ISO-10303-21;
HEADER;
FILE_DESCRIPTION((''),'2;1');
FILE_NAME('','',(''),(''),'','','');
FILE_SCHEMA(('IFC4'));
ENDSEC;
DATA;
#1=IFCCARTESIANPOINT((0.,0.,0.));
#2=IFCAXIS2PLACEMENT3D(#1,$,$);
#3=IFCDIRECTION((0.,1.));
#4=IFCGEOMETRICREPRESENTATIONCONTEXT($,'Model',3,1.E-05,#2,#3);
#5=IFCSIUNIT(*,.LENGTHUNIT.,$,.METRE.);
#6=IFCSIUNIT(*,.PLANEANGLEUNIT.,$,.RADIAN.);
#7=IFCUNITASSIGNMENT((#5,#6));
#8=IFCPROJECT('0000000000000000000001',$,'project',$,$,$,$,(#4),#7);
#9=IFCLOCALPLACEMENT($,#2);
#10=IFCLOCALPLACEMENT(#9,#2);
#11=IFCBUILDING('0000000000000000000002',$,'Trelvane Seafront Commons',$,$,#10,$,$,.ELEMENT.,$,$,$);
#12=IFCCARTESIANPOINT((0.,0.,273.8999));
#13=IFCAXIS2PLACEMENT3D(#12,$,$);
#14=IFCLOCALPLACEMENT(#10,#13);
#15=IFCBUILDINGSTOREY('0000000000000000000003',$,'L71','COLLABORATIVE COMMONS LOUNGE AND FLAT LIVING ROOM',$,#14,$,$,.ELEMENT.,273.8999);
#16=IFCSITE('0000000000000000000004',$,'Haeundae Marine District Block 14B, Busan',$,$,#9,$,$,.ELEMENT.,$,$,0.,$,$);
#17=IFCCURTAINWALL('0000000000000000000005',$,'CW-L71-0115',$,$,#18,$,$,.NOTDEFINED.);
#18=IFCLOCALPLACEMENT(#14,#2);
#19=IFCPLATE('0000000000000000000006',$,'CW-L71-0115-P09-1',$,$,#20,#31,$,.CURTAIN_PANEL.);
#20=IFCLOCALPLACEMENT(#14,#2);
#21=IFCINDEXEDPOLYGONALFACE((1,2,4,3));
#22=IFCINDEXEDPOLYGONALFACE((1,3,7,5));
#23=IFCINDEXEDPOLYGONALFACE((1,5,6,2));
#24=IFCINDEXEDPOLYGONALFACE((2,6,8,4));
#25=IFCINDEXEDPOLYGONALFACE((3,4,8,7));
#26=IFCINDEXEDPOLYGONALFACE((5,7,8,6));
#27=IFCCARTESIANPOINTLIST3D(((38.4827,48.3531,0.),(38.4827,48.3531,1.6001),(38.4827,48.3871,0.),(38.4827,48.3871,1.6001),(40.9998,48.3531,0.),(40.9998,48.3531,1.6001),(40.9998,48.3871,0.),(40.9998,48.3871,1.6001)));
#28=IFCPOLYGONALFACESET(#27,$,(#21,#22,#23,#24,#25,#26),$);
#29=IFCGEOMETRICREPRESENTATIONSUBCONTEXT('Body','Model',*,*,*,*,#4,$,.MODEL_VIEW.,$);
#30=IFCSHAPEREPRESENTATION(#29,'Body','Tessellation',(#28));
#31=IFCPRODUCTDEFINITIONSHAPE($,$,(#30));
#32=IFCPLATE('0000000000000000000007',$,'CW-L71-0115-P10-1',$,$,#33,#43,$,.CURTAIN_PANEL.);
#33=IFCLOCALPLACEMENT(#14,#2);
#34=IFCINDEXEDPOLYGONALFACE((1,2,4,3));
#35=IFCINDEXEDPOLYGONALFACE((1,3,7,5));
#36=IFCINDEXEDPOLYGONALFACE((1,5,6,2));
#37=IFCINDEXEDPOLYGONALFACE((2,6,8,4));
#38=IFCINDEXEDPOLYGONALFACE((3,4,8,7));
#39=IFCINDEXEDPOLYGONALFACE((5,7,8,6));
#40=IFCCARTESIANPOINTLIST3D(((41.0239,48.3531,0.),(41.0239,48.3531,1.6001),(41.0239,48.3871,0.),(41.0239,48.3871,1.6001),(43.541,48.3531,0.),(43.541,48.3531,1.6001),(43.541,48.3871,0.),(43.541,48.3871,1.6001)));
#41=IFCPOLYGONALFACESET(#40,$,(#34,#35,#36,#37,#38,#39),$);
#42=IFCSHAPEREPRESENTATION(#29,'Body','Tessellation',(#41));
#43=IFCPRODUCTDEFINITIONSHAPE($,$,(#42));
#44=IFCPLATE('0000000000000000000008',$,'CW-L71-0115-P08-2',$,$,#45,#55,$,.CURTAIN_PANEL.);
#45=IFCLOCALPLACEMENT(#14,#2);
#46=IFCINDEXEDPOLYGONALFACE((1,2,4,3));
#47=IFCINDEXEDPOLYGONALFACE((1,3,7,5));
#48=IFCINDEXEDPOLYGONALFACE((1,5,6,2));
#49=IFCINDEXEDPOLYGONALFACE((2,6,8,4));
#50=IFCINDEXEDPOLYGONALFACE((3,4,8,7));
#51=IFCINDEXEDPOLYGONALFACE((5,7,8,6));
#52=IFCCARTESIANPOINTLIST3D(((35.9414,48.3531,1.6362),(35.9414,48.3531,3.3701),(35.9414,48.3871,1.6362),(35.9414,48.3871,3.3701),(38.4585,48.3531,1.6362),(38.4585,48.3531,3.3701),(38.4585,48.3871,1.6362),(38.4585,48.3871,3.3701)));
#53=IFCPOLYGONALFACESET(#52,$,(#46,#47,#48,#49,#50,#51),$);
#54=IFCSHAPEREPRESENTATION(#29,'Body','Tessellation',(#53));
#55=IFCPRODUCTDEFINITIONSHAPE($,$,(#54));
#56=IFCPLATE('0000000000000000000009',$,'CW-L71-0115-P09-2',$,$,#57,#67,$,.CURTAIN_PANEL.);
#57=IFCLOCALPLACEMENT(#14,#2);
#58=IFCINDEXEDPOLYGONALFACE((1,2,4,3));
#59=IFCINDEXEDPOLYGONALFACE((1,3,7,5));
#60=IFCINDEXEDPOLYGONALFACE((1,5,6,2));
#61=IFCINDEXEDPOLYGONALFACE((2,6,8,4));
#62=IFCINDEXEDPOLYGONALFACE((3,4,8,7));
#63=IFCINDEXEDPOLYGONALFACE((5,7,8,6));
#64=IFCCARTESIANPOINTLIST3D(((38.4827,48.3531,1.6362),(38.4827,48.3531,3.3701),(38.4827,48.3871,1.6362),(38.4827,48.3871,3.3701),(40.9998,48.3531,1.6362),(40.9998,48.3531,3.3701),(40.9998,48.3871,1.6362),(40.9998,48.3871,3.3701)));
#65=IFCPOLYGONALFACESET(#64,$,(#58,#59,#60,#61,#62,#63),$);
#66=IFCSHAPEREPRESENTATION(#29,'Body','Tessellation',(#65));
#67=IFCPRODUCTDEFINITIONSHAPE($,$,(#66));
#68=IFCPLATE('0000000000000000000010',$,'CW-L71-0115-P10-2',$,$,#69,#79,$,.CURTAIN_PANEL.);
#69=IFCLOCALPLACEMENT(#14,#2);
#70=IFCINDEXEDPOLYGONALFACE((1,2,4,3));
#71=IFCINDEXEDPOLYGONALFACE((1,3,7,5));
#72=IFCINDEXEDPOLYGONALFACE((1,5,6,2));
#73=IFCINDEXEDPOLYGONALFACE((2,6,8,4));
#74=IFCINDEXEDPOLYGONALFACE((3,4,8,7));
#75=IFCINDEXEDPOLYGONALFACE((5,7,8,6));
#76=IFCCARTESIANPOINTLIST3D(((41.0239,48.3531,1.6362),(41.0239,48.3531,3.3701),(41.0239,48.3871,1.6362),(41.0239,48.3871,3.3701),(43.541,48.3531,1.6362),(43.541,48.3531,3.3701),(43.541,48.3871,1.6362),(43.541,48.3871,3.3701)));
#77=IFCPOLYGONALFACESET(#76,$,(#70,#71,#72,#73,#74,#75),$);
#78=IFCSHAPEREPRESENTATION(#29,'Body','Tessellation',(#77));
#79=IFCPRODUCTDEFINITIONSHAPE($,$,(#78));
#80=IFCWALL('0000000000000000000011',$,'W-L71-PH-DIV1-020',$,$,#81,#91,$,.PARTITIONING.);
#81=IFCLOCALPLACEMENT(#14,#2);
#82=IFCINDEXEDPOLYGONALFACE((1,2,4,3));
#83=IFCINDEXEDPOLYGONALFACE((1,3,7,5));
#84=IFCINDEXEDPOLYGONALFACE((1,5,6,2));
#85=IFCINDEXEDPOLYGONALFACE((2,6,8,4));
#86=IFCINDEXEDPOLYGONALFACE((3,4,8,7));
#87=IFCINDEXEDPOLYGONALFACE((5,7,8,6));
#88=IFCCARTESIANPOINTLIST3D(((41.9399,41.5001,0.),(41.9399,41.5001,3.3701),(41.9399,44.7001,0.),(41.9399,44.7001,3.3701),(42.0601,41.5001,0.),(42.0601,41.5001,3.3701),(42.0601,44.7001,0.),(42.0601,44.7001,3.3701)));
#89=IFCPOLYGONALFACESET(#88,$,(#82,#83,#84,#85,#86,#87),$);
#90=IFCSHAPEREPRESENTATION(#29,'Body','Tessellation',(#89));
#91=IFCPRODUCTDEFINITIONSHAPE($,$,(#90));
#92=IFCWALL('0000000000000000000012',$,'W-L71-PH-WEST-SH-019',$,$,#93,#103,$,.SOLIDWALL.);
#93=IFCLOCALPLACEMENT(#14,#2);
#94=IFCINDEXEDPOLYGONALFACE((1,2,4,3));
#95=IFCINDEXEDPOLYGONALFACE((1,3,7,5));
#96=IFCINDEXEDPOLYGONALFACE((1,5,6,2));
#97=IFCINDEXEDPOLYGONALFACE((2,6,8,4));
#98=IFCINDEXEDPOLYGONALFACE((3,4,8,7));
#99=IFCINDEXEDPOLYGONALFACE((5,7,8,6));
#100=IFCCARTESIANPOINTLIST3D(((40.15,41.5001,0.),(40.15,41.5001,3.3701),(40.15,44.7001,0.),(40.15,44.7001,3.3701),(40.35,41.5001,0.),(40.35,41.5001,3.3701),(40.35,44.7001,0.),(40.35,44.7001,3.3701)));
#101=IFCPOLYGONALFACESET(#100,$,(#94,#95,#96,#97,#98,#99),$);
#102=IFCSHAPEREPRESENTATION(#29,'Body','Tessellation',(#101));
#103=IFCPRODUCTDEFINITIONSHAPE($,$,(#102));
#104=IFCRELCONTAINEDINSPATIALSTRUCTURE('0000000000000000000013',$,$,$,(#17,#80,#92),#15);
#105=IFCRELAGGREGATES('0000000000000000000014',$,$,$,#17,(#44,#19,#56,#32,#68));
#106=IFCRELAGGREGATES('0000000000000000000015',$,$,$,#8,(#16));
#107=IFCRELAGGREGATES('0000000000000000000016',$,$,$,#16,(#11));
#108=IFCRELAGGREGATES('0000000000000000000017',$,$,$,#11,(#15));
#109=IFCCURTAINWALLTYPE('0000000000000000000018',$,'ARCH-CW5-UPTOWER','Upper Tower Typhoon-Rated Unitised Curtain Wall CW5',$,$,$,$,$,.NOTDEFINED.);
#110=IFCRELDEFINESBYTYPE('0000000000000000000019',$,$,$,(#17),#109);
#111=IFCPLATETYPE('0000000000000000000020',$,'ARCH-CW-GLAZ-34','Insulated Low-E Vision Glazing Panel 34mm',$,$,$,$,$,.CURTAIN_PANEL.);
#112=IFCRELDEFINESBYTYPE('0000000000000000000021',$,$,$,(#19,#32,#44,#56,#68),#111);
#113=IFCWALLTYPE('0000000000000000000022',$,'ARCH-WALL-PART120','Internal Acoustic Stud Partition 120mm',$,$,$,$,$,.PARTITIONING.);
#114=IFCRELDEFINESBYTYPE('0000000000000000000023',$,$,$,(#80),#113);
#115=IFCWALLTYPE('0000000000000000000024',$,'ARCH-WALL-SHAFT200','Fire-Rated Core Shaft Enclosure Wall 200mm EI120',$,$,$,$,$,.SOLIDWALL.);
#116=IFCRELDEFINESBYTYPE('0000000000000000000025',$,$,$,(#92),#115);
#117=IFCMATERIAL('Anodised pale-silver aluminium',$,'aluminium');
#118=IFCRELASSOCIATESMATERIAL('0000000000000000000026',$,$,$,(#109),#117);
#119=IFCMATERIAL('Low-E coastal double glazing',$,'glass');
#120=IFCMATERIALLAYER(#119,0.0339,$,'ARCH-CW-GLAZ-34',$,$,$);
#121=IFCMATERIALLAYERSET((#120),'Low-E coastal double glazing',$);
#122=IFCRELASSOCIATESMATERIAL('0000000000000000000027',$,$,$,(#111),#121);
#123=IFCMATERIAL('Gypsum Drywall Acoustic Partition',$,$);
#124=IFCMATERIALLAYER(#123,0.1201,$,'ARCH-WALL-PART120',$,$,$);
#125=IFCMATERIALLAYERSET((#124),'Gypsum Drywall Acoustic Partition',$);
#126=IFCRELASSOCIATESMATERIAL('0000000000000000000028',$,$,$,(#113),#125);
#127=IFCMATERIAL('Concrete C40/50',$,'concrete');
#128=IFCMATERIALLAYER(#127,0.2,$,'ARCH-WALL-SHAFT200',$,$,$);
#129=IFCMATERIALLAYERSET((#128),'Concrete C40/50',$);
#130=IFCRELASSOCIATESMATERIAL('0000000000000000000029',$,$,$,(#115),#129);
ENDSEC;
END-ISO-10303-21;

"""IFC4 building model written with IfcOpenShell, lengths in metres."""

from ifc_helpers import new_model, si_unit, direction, frame, frame_2d, origin, origin_2d, place, context, subcontext, project, spatial, rectangle, extrude, source, transform, mapped, material, layer, layer_set, type_object, element, aggregate, save


model = new_model("IFC4")

# Units and contexts
model_context = context("Model", 3, precision=1e-05, world=origin(), true_north=direction((0.0, 1.0)))
body_context = subcontext(model_context, "Body", "Model", "MODEL_VIEW")
ifc_project = project(units=[si_unit("LENGTHUNIT", "METRE"), si_unit("PLANEANGLEUNIT", "RADIAN")], contexts=[model_context])

# Site, building, storey
site_placement = place(None, origin())
site = spatial("IfcSite", under=ifc_project, at=site_placement, Name="Haeundae Marine District Block 14B, Busan", CompositionType="ELEMENT", RefElevation=0.0)
building_placement = place(site_placement, origin())
building = spatial("IfcBuilding", under=site, at=building_placement, Name="Trelvane Seafront Commons", CompositionType="ELEMENT")
storey_placement = place(building_placement, frame((0.0, 0.0, 273.8999)))
storey = spatial("IfcBuildingStorey", under=building, at=storey_placement, Name="L71", Description="COLLABORATIVE COMMONS LOUNGE AND FLAT LIVING ROOM", CompositionType="ELEMENT", Elevation=273.8999)

# Curtain wall
ifc_material_1 = material(Name="Anodised pale-silver aluminium", Category="aluminium")
curtain_wall_type = type_object("IfcCurtainWallType", Name="ARCH-CW5-UPTOWER", Description="Upper Tower Typhoon-Rated Unitised Curtain Wall CW5", PredefinedType="NOTDEFINED", material=ifc_material_1)
curtain_wall_placement = place(storey_placement, origin())
curtain_wall = element("IfcCurtainWall", 1, at=curtain_wall_placement, inside=storey, type_object=curtain_wall_type, Name="CW-L71-0115", PredefinedType="NOTDEFINED")

# Plates
ifc_material_2 = material(Name="Low-E coastal double glazing", Category="glass")
ifc_layer_1 = layer(ifc_material_2, 0.0339, Name="ARCH-CW-GLAZ-34")
ifc_layer_set_1 = layer_set([ifc_layer_1], Name="Low-E coastal double glazing")
plate_type_1 = type_object("IfcPlateType", Name="ARCH-CW-GLAZ-34", Description="Insulated Low-E Vision Glazing Panel 34mm", PredefinedType="CURTAIN_PANEL", material=ifc_layer_set_1)
shared_shape_1 = source(origin(), body_context, "Body", "SweptSolid", [
    extrude(rectangle(XDim=2.5171, YDim=0.0339, at=origin_2d()), origin(), (0.0, 0.0, 1.0), 1.6001),
])
plate_1_placement = place(storey_placement, frame((39.7412, 48.3701, 0.0), z_axis=(0.0, 0.0, 1.0), x_axis=(1.0, 0.0, 0.0)))
plate_1 = element("IfcPlate", 2, at=plate_1_placement, type_object=plate_type_1, Name="CW-L71-0115-P09-1", PredefinedType="CURTAIN_PANEL", context=body_context, shape_type="MappedRepresentation", body=[
    mapped(shared_shape_1, transform((0.0, 0.0, 0.0), x_axis=(1.0, 0.0, 0.0), y_axis=(0.0, 1.0, 0.0), z_axis=(0.0, 0.0, 1.0), scale=1.0)),
])
plate_2_placement = place(storey_placement, frame((42.2825, 48.3701, 0.0), z_axis=(0.0, 0.0, 1.0), x_axis=(1.0, 0.0, 0.0)))
plate_2 = element("IfcPlate", 3, at=plate_2_placement, type_object=plate_type_1, Name="CW-L71-0115-P10-1", PredefinedType="CURTAIN_PANEL", context=body_context, shape_type="MappedRepresentation", body=[
    mapped(shared_shape_1, transform((0.0, 0.0, 0.0), x_axis=(1.0, 0.0, 0.0), y_axis=(0.0, 1.0, 0.0), z_axis=(0.0, 0.0, 1.0), scale=1.0)),
])
shared_shape_2 = source(origin(), body_context, "Body", "SweptSolid", [
    extrude(rectangle(XDim=2.5171, YDim=0.0339, at=origin_2d()), origin(), (0.0, 0.0, 1.0), 1.7339),
])
plate_3_placement = place(storey_placement, frame((37.2, 48.3701, 1.6362), z_axis=(0.0, 0.0, 1.0), x_axis=(1.0, 0.0, 0.0)))
plate_3 = element("IfcPlate", 4, at=plate_3_placement, type_object=plate_type_1, Name="CW-L71-0115-P08-2", PredefinedType="CURTAIN_PANEL", context=body_context, shape_type="MappedRepresentation", body=[
    mapped(shared_shape_2, transform((0.0, 0.0, 0.0), x_axis=(1.0, 0.0, 0.0), y_axis=(0.0, 1.0, 0.0), z_axis=(0.0, 0.0, 1.0), scale=1.0)),
])
plate_4_placement = place(storey_placement, frame((39.7412, 48.3701, 1.6362), z_axis=(0.0, 0.0, 1.0), x_axis=(1.0, 0.0, 0.0)))
plate_4 = element("IfcPlate", 5, at=plate_4_placement, type_object=plate_type_1, Name="CW-L71-0115-P09-2", PredefinedType="CURTAIN_PANEL", context=body_context, shape_type="MappedRepresentation", body=[
    mapped(shared_shape_2, transform((0.0, 0.0, 0.0), x_axis=(1.0, 0.0, 0.0), y_axis=(0.0, 1.0, 0.0), z_axis=(0.0, 0.0, 1.0), scale=1.0)),
])
plate_5_placement = place(storey_placement, frame((42.2825, 48.3701, 1.6362), z_axis=(0.0, 0.0, 1.0), x_axis=(1.0, 0.0, 0.0)))
plate_5 = element("IfcPlate", 6, at=plate_5_placement, type_object=plate_type_1, Name="CW-L71-0115-P10-2", PredefinedType="CURTAIN_PANEL", context=body_context, shape_type="MappedRepresentation", body=[
    mapped(shared_shape_2, transform((0.0, 0.0, 0.0), x_axis=(1.0, 0.0, 0.0), y_axis=(0.0, 1.0, 0.0), z_axis=(0.0, 0.0, 1.0), scale=1.0)),
])
aggregate(curtain_wall, [plate_3, plate_1, plate_4, plate_2, plate_5])

# Wall
ifc_material_3 = material(Name="Gypsum Drywall Acoustic Partition")
ifc_layer_2 = layer(ifc_material_3, 0.1201, Name="ARCH-WALL-PART120")
ifc_layer_set_2 = layer_set([ifc_layer_2], Name="Gypsum Drywall Acoustic Partition")
wall_type_1 = type_object("IfcWallType", Name="ARCH-WALL-PART120", Description="Internal Acoustic Stud Partition 120mm", PredefinedType="PARTITIONING", material=ifc_layer_set_2)
wall_1_placement = place(storey_placement, frame((42.0, 41.5, 0.0), z_axis=(0.0, 0.0, 1.0), x_axis=(0.0, 1.0, 0.0)))
element("IfcWall", 7, at=wall_1_placement, inside=storey, type_object=wall_type_1, Name="W-L71-PH-DIV1-020", PredefinedType="PARTITIONING", context=body_context, shape_type="SweptSolid", body=[
    extrude(rectangle(XDim=3.2, YDim=0.1201, at=frame_2d((1.6001, 0.0))), origin(), (0.0, 0.0, 1.0), 3.3701),
])

# Shared definitions
ifc_material_4 = material(Name="Concrete C40/50", Category="concrete")
ifc_layer_3 = layer(ifc_material_4, 0.2, Name="ARCH-WALL-SHAFT200")
ifc_layer_set_3 = layer_set([ifc_layer_3], Name="Concrete C40/50")
wall_type_2 = type_object("IfcWallType", Name="ARCH-WALL-SHAFT200", Description="Fire-Rated Core Shaft Enclosure Wall 200mm EI120", PredefinedType="SOLIDWALL", material=ifc_layer_set_3)

# Wall
wall_2_placement = place(storey_placement, frame((40.25, 41.5, 0.0), z_axis=(0.0, 0.0, 1.0), x_axis=(0.0, 1.0, 0.0)))
element("IfcWall", 8, at=wall_2_placement, inside=storey, type_object=wall_type_2, Name="W-L71-PH-WEST-SH-019", PredefinedType="SOLIDWALL", context=body_context, shape_type="SweptSolid", body=[
    extrude(rectangle(XDim=3.2, YDim=0.2, at=frame_2d((1.6001, 0.0))), origin(), (0.0, 0.0, 1.0), 3.3701),
])

save(model, "model.ifc")
